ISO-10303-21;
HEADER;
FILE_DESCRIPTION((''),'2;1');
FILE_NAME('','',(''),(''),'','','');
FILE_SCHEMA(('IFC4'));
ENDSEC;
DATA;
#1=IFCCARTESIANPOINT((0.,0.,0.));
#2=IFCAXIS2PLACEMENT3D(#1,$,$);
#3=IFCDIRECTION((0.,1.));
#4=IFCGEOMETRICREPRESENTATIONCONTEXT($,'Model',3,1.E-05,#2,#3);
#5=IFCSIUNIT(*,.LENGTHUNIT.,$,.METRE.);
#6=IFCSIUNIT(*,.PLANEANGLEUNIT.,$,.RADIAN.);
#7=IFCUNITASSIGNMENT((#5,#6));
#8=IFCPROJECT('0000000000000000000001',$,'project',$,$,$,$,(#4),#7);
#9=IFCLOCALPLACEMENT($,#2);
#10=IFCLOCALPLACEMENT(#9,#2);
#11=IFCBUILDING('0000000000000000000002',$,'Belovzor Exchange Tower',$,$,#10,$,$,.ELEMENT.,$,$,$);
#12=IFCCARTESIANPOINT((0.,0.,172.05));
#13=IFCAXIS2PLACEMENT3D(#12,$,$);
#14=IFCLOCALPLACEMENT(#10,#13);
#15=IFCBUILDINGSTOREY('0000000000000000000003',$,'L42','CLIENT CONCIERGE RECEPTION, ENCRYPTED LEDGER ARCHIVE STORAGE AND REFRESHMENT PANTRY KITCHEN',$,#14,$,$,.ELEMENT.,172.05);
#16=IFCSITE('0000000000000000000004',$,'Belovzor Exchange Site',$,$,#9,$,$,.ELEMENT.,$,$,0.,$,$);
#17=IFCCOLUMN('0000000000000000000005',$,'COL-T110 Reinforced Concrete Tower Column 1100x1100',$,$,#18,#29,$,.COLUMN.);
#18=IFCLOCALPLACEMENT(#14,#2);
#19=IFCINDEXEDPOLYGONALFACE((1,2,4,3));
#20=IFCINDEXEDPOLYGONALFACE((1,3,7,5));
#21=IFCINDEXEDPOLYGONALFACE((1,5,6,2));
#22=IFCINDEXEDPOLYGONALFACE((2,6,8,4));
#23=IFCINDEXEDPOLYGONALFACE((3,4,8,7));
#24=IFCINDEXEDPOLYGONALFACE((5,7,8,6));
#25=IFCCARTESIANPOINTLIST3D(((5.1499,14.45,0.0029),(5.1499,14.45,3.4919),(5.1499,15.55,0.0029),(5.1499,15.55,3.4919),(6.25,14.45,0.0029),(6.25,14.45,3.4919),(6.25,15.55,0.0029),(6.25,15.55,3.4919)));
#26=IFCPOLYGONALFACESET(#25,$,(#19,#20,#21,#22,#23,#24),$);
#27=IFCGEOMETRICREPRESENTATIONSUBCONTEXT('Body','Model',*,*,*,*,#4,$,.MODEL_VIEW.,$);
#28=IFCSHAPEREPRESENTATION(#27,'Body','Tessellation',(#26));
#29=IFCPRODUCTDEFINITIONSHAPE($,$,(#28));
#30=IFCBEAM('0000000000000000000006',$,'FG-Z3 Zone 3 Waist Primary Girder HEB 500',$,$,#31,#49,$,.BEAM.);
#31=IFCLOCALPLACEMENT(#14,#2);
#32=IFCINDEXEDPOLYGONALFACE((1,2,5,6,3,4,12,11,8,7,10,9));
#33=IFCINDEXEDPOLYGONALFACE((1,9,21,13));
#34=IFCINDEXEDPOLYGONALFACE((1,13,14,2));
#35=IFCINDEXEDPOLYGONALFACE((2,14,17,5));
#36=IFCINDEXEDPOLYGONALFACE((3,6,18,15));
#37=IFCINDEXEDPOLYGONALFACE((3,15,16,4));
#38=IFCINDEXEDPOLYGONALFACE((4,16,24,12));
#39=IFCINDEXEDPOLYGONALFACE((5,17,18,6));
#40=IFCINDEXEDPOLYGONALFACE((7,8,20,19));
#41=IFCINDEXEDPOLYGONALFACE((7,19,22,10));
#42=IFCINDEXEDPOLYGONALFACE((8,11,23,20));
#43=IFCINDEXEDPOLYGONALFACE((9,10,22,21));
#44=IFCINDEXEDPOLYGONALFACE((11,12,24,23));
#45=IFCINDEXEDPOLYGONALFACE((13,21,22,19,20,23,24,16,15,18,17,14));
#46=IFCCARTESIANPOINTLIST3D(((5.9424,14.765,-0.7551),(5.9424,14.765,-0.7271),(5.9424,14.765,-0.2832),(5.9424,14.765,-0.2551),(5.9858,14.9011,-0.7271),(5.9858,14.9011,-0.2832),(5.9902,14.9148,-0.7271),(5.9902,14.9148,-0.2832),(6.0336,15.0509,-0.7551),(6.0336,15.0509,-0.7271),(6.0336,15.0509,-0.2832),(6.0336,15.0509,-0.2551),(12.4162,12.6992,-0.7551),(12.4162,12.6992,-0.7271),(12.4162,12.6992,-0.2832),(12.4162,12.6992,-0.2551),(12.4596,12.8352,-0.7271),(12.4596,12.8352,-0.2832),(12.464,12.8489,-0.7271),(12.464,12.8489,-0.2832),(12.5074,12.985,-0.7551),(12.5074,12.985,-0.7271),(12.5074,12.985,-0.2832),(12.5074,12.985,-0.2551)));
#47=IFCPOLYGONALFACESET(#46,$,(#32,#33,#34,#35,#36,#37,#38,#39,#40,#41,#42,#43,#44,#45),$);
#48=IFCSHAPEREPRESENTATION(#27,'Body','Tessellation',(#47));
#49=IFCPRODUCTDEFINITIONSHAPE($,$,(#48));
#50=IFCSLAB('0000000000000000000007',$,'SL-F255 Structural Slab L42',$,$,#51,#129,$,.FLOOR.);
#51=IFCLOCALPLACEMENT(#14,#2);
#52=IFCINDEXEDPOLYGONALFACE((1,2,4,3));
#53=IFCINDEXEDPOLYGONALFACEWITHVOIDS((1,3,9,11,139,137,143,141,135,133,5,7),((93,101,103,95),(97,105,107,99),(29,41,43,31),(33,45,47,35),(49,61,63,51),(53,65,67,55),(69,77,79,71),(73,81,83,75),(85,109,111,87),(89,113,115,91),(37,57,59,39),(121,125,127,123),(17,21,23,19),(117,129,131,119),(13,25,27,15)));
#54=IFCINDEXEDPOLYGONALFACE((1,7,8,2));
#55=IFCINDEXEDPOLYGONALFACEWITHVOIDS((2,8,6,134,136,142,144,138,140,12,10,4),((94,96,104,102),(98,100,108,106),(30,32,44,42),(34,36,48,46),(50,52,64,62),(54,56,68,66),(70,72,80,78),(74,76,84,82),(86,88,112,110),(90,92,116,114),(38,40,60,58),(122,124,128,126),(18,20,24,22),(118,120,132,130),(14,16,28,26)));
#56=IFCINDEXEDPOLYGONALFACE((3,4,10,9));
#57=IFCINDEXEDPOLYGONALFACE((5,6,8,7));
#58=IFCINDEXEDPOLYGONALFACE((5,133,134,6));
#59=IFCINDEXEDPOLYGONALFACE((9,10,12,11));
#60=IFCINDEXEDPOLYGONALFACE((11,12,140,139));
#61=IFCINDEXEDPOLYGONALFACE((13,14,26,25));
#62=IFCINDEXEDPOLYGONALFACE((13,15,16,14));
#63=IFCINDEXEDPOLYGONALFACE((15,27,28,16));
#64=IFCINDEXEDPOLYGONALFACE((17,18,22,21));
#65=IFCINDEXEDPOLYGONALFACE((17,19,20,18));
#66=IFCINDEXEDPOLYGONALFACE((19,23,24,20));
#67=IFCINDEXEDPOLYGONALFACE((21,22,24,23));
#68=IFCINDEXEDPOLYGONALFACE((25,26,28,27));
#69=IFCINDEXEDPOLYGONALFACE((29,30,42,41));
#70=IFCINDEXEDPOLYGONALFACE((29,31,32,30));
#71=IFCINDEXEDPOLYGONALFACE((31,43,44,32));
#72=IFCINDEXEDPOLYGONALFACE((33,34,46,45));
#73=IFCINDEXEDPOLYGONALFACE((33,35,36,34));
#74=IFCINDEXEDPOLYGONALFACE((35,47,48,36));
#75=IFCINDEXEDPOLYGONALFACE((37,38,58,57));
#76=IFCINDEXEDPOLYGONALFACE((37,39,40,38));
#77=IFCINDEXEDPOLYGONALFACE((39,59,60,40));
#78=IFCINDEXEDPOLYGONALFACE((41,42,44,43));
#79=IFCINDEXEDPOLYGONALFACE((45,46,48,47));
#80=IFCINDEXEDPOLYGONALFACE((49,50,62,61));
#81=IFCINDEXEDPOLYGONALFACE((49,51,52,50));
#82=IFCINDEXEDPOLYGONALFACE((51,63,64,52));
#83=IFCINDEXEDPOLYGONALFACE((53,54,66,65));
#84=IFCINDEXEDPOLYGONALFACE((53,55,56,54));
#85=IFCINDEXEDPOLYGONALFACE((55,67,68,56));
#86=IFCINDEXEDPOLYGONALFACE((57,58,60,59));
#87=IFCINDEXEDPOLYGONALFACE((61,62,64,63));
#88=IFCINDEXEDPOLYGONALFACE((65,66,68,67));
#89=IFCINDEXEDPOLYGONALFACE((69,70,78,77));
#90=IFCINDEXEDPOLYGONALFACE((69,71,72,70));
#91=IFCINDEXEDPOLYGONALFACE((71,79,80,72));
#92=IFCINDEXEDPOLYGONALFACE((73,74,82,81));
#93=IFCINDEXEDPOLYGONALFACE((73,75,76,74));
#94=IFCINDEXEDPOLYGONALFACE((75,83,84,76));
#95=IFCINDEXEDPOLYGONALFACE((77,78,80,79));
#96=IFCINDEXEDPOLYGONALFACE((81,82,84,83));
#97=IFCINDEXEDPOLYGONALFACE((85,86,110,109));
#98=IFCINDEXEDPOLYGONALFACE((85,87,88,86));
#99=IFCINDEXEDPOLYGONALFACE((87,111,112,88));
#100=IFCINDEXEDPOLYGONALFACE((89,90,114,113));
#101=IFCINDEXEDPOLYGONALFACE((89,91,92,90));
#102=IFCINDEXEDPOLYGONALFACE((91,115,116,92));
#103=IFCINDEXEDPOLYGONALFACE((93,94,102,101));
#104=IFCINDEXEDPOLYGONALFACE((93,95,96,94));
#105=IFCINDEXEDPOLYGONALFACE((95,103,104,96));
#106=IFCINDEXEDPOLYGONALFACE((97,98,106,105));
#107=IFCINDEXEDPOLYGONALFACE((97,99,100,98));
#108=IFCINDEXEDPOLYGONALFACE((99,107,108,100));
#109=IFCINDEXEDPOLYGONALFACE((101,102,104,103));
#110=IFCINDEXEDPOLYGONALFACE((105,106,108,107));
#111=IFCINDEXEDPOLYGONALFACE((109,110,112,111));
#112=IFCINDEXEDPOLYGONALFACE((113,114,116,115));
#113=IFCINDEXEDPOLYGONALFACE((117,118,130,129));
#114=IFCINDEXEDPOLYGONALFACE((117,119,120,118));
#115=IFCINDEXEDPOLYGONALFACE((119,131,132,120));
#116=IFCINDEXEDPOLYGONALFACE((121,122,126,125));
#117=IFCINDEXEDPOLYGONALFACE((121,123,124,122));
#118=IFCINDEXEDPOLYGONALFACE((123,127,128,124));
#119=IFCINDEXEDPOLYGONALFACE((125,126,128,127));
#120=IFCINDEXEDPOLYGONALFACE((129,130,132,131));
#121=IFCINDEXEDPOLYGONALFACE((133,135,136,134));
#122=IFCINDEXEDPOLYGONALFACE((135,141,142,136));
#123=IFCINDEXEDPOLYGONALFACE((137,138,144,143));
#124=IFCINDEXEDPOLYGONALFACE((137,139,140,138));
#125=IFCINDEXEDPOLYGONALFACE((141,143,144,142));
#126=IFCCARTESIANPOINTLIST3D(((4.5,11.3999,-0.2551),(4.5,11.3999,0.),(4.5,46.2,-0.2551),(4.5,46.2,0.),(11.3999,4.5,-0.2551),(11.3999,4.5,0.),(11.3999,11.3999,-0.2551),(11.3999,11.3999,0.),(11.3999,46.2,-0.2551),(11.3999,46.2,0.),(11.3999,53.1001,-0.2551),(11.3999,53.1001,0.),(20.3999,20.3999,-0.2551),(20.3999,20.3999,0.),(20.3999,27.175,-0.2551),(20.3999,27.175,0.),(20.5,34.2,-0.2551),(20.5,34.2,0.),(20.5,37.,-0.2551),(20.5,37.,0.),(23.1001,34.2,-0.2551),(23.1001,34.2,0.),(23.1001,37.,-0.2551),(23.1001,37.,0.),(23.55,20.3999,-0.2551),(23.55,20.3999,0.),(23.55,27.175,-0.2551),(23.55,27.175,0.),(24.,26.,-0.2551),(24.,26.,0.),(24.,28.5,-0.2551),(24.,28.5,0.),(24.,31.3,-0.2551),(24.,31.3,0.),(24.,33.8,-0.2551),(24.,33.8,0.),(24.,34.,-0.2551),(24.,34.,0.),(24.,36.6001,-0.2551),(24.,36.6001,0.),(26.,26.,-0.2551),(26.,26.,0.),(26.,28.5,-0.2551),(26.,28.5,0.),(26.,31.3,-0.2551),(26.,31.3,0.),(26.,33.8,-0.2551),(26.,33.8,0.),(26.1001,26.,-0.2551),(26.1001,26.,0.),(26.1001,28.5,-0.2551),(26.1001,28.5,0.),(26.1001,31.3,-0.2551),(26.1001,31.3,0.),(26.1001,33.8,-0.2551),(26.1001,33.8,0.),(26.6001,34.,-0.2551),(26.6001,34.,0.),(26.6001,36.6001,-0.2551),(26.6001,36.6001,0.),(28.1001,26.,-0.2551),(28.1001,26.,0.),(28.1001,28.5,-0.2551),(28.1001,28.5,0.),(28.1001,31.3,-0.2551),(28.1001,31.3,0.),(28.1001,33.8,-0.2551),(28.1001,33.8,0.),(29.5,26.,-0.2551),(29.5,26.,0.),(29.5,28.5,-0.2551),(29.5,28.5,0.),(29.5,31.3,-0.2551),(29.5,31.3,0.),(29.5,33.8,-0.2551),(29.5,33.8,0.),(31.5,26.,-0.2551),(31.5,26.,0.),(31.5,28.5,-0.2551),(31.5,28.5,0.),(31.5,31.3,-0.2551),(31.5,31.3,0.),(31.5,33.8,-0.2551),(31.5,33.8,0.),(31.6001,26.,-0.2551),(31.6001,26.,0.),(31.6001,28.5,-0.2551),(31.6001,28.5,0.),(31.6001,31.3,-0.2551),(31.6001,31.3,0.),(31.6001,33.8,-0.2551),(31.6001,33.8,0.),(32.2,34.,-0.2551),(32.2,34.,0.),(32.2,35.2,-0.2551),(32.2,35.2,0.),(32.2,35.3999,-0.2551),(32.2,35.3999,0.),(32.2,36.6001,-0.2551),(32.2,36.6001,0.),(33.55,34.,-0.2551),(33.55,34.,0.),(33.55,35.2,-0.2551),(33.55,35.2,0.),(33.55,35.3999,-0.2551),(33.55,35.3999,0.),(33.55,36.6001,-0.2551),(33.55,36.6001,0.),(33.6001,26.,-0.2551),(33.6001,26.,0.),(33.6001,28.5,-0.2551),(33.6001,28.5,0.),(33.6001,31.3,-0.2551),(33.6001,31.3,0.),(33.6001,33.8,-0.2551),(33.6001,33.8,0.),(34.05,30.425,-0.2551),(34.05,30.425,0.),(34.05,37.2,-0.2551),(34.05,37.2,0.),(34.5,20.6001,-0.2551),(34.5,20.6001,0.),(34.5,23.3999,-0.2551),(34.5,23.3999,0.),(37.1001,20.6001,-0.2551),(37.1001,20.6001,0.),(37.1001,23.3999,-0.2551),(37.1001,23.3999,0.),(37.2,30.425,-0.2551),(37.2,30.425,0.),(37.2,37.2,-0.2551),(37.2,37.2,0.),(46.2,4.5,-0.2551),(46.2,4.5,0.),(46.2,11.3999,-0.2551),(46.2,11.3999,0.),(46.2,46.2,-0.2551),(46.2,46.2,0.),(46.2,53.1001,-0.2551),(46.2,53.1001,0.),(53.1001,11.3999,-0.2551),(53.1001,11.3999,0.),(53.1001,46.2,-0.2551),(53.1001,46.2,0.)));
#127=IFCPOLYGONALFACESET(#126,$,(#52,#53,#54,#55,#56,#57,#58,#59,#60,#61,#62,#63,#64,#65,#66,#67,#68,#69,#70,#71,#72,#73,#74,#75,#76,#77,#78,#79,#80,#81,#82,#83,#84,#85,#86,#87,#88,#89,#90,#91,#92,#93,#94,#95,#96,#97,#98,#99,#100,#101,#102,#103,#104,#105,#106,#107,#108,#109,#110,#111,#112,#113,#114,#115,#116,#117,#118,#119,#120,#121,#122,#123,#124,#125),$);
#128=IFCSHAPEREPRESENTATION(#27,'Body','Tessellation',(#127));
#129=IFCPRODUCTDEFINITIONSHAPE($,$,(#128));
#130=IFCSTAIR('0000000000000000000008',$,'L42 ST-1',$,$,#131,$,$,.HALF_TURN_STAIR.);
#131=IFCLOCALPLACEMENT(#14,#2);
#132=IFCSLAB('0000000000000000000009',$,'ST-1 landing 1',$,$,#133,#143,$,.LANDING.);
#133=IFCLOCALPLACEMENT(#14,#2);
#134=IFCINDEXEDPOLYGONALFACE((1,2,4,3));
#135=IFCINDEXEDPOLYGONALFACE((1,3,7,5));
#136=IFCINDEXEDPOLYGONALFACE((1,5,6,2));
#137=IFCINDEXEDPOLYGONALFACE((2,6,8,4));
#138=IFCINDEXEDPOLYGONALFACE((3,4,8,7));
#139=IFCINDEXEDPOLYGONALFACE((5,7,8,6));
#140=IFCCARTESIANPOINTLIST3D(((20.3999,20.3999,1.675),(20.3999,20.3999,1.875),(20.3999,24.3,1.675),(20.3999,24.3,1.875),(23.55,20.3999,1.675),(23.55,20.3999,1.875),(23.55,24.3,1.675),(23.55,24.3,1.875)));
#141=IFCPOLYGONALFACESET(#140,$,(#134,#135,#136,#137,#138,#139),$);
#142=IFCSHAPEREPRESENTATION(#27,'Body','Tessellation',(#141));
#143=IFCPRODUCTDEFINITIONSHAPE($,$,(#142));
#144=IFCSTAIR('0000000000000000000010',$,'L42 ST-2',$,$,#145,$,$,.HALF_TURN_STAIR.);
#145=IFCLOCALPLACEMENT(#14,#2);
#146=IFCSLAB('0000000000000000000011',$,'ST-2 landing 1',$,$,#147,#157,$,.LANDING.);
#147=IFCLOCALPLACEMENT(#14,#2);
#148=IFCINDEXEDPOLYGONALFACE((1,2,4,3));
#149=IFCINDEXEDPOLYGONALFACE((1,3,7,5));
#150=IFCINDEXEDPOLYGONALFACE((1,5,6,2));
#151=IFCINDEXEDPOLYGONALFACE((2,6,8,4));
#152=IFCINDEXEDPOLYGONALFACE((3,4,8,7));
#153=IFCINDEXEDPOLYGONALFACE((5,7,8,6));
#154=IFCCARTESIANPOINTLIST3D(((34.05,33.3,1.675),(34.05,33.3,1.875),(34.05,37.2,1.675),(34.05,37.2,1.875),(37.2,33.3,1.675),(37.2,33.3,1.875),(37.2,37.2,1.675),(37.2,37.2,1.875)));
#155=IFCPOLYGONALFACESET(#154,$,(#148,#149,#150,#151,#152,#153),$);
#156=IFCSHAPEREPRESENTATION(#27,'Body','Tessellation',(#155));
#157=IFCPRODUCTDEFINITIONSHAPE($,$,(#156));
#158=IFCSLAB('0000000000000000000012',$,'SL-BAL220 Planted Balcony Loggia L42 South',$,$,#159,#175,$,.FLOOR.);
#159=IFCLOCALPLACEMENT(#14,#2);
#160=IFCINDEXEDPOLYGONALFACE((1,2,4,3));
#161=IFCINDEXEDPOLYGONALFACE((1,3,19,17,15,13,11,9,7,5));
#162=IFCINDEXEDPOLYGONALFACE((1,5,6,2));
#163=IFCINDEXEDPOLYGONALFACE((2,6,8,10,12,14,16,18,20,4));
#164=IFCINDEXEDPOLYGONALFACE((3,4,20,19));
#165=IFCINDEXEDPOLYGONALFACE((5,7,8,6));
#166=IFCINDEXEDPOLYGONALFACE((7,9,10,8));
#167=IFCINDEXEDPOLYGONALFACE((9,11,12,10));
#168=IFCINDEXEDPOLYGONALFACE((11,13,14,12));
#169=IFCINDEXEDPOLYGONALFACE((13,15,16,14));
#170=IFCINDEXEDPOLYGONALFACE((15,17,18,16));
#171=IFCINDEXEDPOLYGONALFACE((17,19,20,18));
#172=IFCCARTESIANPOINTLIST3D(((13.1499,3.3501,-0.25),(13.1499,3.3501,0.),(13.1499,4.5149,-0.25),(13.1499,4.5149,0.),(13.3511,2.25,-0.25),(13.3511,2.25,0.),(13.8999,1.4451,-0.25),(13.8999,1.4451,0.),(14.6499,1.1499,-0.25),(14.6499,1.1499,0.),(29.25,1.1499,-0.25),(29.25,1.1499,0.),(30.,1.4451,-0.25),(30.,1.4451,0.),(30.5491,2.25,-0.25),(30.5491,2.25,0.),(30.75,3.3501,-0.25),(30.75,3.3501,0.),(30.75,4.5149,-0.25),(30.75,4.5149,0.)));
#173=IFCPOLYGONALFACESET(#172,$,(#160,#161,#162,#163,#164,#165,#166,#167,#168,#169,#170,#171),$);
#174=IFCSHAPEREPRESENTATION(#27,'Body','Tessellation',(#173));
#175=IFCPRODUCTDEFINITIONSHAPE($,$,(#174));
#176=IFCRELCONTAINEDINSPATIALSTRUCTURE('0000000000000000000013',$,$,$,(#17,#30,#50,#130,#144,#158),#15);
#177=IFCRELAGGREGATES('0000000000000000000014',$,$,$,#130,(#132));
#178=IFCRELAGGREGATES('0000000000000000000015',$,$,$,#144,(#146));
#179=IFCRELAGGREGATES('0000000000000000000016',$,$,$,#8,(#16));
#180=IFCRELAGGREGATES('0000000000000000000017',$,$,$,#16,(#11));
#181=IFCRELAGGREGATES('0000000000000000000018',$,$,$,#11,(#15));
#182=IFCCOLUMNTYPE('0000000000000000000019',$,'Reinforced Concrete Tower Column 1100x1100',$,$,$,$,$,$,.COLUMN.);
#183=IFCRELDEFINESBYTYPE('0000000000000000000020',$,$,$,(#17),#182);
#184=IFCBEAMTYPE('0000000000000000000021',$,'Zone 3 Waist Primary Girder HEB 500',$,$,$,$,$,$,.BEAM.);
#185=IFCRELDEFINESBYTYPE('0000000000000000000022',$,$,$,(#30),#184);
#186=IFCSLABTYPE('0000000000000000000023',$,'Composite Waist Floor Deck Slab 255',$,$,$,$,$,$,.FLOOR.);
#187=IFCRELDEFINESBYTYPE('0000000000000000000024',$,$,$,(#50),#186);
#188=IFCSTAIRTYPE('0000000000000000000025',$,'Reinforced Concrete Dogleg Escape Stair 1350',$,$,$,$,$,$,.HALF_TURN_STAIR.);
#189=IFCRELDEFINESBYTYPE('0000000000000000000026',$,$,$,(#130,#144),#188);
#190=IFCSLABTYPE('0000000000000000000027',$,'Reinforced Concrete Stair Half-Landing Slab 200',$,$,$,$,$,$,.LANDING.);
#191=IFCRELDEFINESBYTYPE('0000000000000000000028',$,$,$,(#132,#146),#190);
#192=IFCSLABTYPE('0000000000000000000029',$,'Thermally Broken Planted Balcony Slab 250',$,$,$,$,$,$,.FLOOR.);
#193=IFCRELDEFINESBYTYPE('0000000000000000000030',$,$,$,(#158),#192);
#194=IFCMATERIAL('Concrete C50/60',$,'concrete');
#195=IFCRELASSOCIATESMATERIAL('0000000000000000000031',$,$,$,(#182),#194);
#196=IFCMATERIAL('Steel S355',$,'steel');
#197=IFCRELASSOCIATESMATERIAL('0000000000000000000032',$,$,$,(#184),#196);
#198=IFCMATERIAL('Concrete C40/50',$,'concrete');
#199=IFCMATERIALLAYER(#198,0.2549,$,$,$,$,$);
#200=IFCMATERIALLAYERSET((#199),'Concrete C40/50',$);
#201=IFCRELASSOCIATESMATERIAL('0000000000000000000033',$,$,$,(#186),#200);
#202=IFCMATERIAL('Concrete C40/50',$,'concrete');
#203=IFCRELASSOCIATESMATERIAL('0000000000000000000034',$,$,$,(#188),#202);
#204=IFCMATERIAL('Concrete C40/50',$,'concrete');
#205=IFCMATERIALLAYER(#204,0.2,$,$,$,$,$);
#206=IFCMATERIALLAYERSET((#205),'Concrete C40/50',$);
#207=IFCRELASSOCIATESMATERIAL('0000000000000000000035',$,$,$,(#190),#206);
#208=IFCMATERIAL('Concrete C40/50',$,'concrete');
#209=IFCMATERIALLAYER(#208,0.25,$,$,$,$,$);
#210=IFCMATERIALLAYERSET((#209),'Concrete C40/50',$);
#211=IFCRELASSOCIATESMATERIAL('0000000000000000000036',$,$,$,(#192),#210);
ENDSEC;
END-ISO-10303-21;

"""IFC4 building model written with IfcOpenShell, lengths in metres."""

from ifc_helpers import new_model, si_unit, direction, frame, origin, origin_2d, place, context, subcontext, project, spatial, polyline, rectangle, i_section, outline, extrude, material, layer, layer_set, material_profile, profile_set, type_object, element, aggregate, save


model = new_model("IFC4")

# Units and contexts
model_context = context("Model", 3, precision=1e-05, world=origin(), true_north=direction((0.0, 1.0)))
body_context = subcontext(model_context, "Body", "Model", "MODEL_VIEW")
ifc_project = project(units=[si_unit("LENGTHUNIT", "METRE"), si_unit("PLANEANGLEUNIT", "RADIAN")], contexts=[model_context])

# Site, building, storey
site_placement = place(None, origin())
site = spatial("IfcSite", under=ifc_project, at=site_placement, Name="Belovzor Exchange Site", CompositionType="ELEMENT", RefElevation=0.0)
building_placement = place(site_placement, origin())
building = spatial("IfcBuilding", under=site, at=building_placement, Name="Belovzor Exchange Tower", CompositionType="ELEMENT")
storey_placement = place(building_placement, frame((0.0, 0.0, 172.05)))
storey = spatial("IfcBuildingStorey", under=building, at=storey_placement, Name="L42", Description="CLIENT CONCIERGE RECEPTION, ENCRYPTED LEDGER ARCHIVE STORAGE AND REFRESHMENT PANTRY KITCHEN", CompositionType="ELEMENT", Elevation=172.05)

# Column
ifc_material_1 = material(Name="Concrete C50/60", Category="concrete")
ifc_material_profile_1 = material_profile(ifc_material_1, rectangle(XDim=1.1001, YDim=1.1001, at=origin_2d()))
ifc_profile_set_1 = profile_set([ifc_material_profile_1], Name="Concrete C50/60")
column_type = type_object("IfcColumnType", Name="Reinforced Concrete Tower Column 1100x1100", PredefinedType="COLUMN", material=ifc_profile_set_1)
column_placement = place(storey_placement, frame((5.7, 15.0, 0.0029), z_axis=(0.0, 0.0, 1.0), x_axis=(1.0, 0.0, 0.0)))
element("IfcColumn", 1, at=column_placement, inside=storey, type_object=column_type, Name="COL-T110 Reinforced Concrete Tower Column 1100x1100", PredefinedType="COLUMN", context=body_context, shape_type="SweptSolid", body=[
    extrude(rectangle(XDim=1.1001, YDim=1.1001, at=origin_2d()), origin(), (0.0, 0.0, 1.0), 3.489),
])

# Beam
ifc_material_2 = material(Name="Steel S355", Category="steel")
ifc_material_profile_2 = material_profile(ifc_material_2, i_section(OverallWidth=0.3, OverallDepth=0.5, WebThickness=0.0144, FlangeThickness=0.0281, at=origin_2d()))
ifc_profile_set_2 = profile_set([ifc_material_profile_2], Name="Steel S355")
beam_type = type_object("IfcBeamType", Name="Zone 3 Waist Primary Girder HEB 500", PredefinedType="BEAM", material=ifc_profile_set_2)
beam_placement = place(storey_placement, frame((5.988, 14.908, -0.5051), z_axis=(0.952668, -0.304012, 0.0), x_axis=(0.304012, 0.952668, 0.0)))
element("IfcBeam", 2, at=beam_placement, inside=storey, type_object=beam_type, Name="FG-Z3 Zone 3 Waist Primary Girder HEB 500", PredefinedType="BEAM", context=body_context, shape_type="SweptSolid", body=[
    extrude(i_section(OverallWidth=0.3, OverallDepth=0.5, WebThickness=0.0144, FlangeThickness=0.0281, at=origin_2d()), origin(), (0.0, 0.0, 1.0), 6.7954),
])

# Slab
ifc_material_3 = material(Name="Concrete C40/50", Category="concrete")
ifc_layer_1 = layer(ifc_material_3, 0.2549)
ifc_layer_set_1 = layer_set([ifc_layer_1], Name="Concrete C40/50")
slab_type_1 = type_object("IfcSlabType", Name="Composite Waist Floor Deck Slab 255", PredefinedType="FLOOR", material=ifc_layer_set_1)
slab_1_placement = place(storey_placement, frame((0.0, 0.0, -0.2551)))
element("IfcSlab", 3, at=slab_1_placement, inside=storey, type_object=slab_type_1, Name="SL-F255 Structural Slab L42", PredefinedType="FLOOR", context=body_context, shape_type="SweptSolid", body=[
    extrude(outline(polyline([(11.3999, 4.5), (46.2, 4.5), (46.2, 11.3999), (53.1001, 11.3999), (53.1001, 46.2), (46.2, 46.2), (46.2, 53.1001), (11.3999, 53.1001), (11.3999, 46.2), (4.5, 46.2), (4.5, 11.3999), (11.3999, 11.3999), (11.3999, 4.5)]), holes=[polyline([(20.3999, 27.175), (20.3999, 20.3999), (23.55, 20.3999), (23.55, 27.175), (20.3999, 27.175)]), polyline([(37.2, 30.425), (37.2, 37.2), (34.05, 37.2), (34.05, 30.425), (37.2, 30.425)]), polyline([(20.5, 34.2), (23.1001, 34.2), (23.1001, 37.0), (20.5, 37.0), (20.5, 34.2)]), polyline([(34.5, 20.6001), (37.1001, 20.6001), (37.1001, 23.3999), (34.5, 23.3999), (34.5, 20.6001)]), polyline([(24.0, 34.0), (26.6001, 34.0), (26.6001, 36.6001), (24.0, 36.6001), (24.0, 34.0)]), polyline([(24.0, 26.0), (26.0, 26.0), (26.0, 28.5), (24.0, 28.5), (24.0, 26.0)]), polyline([(26.1001, 26.0), (28.1001, 26.0), (28.1001, 28.5), (26.1001, 28.5), (26.1001, 26.0)]), polyline([(29.5, 26.0), (31.5, 26.0), (31.5, 28.5), (29.5, 28.5), (29.5, 26.0)]), polyline([(31.6001, 26.0), (33.6001, 26.0), (33.6001, 28.5), (31.6001, 28.5), (31.6001, 26.0)]), polyline([(24.0, 31.3), (26.0, 31.3), (26.0, 33.8), (24.0, 33.8), (24.0, 31.3)]), polyline([(26.1001, 31.3), (28.1001, 31.3), (28.1001, 33.8), (26.1001, 33.8), (26.1001, 31.3)]), polyline([(29.5, 31.3), (31.5, 31.3), (31.5, 33.8), (29.5, 33.8), (29.5, 31.3)]), polyline([(31.6001, 31.3), (33.6001, 31.3), (33.6001, 33.8), (31.6001, 33.8), (31.6001, 31.3)]), polyline([(32.2, 34.0), (33.55, 34.0), (33.55, 35.2), (32.2, 35.2), (32.2, 34.0)]), polyline([(32.2, 35.3999), (33.55, 35.3999), (33.55, 36.6001), (32.2, 36.6001), (32.2, 35.3999)])]), origin(), (0.0, 0.0, 1.0), 0.2551),
])

# Stairs, slabs
ifc_material_4 = material(Name="Concrete C40/50", Category="concrete")
stair_type = type_object("IfcStairType", Name="Reinforced Concrete Dogleg Escape Stair 1350", PredefinedType="HALF_TURN_STAIR", material=ifc_material_4)
stair_1_placement = place(storey_placement, origin())
stair_1 = element("IfcStair", 4, at=stair_1_placement, inside=storey, type_object=stair_type, Name="L42 ST-1", PredefinedType="HALF_TURN_STAIR")
ifc_material_5 = material(Name="Concrete C40/50", Category="concrete")
ifc_layer_2 = layer(ifc_material_5, 0.2)
ifc_layer_set_2 = layer_set([ifc_layer_2], Name="Concrete C40/50")
slab_type_2 = type_object("IfcSlabType", Name="Reinforced Concrete Stair Half-Landing Slab 200", PredefinedType="LANDING", material=ifc_layer_set_2)
slab_2_placement = place(storey_placement, frame((0.0, 0.0, 1.675)))
slab_2 = element("IfcSlab", 5, at=slab_2_placement, type_object=slab_type_2, Name="ST-1 landing 1", PredefinedType="LANDING", context=body_context, shape_type="SweptSolid", body=[
    extrude(outline(polyline([(20.3999, 24.3), (20.3999, 20.3999), (23.55, 20.3999), (23.55, 24.3), (20.3999, 24.3)])), origin(), (0.0, 0.0, 1.0), 0.2),
])
aggregate(stair_1, [slab_2])
stair_2_placement = place(storey_placement, origin())
stair_2 = element("IfcStair", 6, at=stair_2_placement, inside=storey, type_object=stair_type, Name="L42 ST-2", PredefinedType="HALF_TURN_STAIR")
slab_3_placement = place(storey_placement, frame((0.0, 0.0, 1.675)))
slab_3 = element("IfcSlab", 7, at=slab_3_placement, type_object=slab_type_2, Name="ST-2 landing 1", PredefinedType="LANDING", context=body_context, shape_type="SweptSolid", body=[
    extrude(outline(polyline([(37.2, 33.3), (37.2, 37.2), (34.05, 37.2), (34.05, 33.3), (37.2, 33.3)])), origin(), (0.0, 0.0, 1.0), 0.2),
])
aggregate(stair_2, [slab_3])

# Slab
ifc_material_6 = material(Name="Concrete C40/50", Category="concrete")
ifc_layer_3 = layer(ifc_material_6, 0.25)
ifc_layer_set_3 = layer_set([ifc_layer_3], Name="Concrete C40/50")
slab_type_3 = type_object("IfcSlabType", Name="Thermally Broken Planted Balcony Slab 250", PredefinedType="FLOOR", material=ifc_layer_set_3)
slab_4_placement = place(storey_placement, frame((0.0, 0.0, -0.25)))
element("IfcSlab", 8, at=slab_4_placement, inside=storey, type_object=slab_type_3, Name="SL-BAL220 Planted Balcony Loggia L42 South", PredefinedType="FLOOR", context=body_context, shape_type="SweptSolid", body=[
    extrude(outline(polyline([(13.1499, 4.5149), (13.1499, 3.3501), (13.3511, 2.25), (13.8999, 1.4451), (14.6499, 1.1499), (29.25, 1.1499), (30.0, 1.4451), (30.5491, 2.25), (30.75, 3.3501), (30.75, 4.5149), (13.1499, 4.5149)])), origin(), (0.0, 0.0, 1.0), 0.25),
])

save(model, "model.ifc")
